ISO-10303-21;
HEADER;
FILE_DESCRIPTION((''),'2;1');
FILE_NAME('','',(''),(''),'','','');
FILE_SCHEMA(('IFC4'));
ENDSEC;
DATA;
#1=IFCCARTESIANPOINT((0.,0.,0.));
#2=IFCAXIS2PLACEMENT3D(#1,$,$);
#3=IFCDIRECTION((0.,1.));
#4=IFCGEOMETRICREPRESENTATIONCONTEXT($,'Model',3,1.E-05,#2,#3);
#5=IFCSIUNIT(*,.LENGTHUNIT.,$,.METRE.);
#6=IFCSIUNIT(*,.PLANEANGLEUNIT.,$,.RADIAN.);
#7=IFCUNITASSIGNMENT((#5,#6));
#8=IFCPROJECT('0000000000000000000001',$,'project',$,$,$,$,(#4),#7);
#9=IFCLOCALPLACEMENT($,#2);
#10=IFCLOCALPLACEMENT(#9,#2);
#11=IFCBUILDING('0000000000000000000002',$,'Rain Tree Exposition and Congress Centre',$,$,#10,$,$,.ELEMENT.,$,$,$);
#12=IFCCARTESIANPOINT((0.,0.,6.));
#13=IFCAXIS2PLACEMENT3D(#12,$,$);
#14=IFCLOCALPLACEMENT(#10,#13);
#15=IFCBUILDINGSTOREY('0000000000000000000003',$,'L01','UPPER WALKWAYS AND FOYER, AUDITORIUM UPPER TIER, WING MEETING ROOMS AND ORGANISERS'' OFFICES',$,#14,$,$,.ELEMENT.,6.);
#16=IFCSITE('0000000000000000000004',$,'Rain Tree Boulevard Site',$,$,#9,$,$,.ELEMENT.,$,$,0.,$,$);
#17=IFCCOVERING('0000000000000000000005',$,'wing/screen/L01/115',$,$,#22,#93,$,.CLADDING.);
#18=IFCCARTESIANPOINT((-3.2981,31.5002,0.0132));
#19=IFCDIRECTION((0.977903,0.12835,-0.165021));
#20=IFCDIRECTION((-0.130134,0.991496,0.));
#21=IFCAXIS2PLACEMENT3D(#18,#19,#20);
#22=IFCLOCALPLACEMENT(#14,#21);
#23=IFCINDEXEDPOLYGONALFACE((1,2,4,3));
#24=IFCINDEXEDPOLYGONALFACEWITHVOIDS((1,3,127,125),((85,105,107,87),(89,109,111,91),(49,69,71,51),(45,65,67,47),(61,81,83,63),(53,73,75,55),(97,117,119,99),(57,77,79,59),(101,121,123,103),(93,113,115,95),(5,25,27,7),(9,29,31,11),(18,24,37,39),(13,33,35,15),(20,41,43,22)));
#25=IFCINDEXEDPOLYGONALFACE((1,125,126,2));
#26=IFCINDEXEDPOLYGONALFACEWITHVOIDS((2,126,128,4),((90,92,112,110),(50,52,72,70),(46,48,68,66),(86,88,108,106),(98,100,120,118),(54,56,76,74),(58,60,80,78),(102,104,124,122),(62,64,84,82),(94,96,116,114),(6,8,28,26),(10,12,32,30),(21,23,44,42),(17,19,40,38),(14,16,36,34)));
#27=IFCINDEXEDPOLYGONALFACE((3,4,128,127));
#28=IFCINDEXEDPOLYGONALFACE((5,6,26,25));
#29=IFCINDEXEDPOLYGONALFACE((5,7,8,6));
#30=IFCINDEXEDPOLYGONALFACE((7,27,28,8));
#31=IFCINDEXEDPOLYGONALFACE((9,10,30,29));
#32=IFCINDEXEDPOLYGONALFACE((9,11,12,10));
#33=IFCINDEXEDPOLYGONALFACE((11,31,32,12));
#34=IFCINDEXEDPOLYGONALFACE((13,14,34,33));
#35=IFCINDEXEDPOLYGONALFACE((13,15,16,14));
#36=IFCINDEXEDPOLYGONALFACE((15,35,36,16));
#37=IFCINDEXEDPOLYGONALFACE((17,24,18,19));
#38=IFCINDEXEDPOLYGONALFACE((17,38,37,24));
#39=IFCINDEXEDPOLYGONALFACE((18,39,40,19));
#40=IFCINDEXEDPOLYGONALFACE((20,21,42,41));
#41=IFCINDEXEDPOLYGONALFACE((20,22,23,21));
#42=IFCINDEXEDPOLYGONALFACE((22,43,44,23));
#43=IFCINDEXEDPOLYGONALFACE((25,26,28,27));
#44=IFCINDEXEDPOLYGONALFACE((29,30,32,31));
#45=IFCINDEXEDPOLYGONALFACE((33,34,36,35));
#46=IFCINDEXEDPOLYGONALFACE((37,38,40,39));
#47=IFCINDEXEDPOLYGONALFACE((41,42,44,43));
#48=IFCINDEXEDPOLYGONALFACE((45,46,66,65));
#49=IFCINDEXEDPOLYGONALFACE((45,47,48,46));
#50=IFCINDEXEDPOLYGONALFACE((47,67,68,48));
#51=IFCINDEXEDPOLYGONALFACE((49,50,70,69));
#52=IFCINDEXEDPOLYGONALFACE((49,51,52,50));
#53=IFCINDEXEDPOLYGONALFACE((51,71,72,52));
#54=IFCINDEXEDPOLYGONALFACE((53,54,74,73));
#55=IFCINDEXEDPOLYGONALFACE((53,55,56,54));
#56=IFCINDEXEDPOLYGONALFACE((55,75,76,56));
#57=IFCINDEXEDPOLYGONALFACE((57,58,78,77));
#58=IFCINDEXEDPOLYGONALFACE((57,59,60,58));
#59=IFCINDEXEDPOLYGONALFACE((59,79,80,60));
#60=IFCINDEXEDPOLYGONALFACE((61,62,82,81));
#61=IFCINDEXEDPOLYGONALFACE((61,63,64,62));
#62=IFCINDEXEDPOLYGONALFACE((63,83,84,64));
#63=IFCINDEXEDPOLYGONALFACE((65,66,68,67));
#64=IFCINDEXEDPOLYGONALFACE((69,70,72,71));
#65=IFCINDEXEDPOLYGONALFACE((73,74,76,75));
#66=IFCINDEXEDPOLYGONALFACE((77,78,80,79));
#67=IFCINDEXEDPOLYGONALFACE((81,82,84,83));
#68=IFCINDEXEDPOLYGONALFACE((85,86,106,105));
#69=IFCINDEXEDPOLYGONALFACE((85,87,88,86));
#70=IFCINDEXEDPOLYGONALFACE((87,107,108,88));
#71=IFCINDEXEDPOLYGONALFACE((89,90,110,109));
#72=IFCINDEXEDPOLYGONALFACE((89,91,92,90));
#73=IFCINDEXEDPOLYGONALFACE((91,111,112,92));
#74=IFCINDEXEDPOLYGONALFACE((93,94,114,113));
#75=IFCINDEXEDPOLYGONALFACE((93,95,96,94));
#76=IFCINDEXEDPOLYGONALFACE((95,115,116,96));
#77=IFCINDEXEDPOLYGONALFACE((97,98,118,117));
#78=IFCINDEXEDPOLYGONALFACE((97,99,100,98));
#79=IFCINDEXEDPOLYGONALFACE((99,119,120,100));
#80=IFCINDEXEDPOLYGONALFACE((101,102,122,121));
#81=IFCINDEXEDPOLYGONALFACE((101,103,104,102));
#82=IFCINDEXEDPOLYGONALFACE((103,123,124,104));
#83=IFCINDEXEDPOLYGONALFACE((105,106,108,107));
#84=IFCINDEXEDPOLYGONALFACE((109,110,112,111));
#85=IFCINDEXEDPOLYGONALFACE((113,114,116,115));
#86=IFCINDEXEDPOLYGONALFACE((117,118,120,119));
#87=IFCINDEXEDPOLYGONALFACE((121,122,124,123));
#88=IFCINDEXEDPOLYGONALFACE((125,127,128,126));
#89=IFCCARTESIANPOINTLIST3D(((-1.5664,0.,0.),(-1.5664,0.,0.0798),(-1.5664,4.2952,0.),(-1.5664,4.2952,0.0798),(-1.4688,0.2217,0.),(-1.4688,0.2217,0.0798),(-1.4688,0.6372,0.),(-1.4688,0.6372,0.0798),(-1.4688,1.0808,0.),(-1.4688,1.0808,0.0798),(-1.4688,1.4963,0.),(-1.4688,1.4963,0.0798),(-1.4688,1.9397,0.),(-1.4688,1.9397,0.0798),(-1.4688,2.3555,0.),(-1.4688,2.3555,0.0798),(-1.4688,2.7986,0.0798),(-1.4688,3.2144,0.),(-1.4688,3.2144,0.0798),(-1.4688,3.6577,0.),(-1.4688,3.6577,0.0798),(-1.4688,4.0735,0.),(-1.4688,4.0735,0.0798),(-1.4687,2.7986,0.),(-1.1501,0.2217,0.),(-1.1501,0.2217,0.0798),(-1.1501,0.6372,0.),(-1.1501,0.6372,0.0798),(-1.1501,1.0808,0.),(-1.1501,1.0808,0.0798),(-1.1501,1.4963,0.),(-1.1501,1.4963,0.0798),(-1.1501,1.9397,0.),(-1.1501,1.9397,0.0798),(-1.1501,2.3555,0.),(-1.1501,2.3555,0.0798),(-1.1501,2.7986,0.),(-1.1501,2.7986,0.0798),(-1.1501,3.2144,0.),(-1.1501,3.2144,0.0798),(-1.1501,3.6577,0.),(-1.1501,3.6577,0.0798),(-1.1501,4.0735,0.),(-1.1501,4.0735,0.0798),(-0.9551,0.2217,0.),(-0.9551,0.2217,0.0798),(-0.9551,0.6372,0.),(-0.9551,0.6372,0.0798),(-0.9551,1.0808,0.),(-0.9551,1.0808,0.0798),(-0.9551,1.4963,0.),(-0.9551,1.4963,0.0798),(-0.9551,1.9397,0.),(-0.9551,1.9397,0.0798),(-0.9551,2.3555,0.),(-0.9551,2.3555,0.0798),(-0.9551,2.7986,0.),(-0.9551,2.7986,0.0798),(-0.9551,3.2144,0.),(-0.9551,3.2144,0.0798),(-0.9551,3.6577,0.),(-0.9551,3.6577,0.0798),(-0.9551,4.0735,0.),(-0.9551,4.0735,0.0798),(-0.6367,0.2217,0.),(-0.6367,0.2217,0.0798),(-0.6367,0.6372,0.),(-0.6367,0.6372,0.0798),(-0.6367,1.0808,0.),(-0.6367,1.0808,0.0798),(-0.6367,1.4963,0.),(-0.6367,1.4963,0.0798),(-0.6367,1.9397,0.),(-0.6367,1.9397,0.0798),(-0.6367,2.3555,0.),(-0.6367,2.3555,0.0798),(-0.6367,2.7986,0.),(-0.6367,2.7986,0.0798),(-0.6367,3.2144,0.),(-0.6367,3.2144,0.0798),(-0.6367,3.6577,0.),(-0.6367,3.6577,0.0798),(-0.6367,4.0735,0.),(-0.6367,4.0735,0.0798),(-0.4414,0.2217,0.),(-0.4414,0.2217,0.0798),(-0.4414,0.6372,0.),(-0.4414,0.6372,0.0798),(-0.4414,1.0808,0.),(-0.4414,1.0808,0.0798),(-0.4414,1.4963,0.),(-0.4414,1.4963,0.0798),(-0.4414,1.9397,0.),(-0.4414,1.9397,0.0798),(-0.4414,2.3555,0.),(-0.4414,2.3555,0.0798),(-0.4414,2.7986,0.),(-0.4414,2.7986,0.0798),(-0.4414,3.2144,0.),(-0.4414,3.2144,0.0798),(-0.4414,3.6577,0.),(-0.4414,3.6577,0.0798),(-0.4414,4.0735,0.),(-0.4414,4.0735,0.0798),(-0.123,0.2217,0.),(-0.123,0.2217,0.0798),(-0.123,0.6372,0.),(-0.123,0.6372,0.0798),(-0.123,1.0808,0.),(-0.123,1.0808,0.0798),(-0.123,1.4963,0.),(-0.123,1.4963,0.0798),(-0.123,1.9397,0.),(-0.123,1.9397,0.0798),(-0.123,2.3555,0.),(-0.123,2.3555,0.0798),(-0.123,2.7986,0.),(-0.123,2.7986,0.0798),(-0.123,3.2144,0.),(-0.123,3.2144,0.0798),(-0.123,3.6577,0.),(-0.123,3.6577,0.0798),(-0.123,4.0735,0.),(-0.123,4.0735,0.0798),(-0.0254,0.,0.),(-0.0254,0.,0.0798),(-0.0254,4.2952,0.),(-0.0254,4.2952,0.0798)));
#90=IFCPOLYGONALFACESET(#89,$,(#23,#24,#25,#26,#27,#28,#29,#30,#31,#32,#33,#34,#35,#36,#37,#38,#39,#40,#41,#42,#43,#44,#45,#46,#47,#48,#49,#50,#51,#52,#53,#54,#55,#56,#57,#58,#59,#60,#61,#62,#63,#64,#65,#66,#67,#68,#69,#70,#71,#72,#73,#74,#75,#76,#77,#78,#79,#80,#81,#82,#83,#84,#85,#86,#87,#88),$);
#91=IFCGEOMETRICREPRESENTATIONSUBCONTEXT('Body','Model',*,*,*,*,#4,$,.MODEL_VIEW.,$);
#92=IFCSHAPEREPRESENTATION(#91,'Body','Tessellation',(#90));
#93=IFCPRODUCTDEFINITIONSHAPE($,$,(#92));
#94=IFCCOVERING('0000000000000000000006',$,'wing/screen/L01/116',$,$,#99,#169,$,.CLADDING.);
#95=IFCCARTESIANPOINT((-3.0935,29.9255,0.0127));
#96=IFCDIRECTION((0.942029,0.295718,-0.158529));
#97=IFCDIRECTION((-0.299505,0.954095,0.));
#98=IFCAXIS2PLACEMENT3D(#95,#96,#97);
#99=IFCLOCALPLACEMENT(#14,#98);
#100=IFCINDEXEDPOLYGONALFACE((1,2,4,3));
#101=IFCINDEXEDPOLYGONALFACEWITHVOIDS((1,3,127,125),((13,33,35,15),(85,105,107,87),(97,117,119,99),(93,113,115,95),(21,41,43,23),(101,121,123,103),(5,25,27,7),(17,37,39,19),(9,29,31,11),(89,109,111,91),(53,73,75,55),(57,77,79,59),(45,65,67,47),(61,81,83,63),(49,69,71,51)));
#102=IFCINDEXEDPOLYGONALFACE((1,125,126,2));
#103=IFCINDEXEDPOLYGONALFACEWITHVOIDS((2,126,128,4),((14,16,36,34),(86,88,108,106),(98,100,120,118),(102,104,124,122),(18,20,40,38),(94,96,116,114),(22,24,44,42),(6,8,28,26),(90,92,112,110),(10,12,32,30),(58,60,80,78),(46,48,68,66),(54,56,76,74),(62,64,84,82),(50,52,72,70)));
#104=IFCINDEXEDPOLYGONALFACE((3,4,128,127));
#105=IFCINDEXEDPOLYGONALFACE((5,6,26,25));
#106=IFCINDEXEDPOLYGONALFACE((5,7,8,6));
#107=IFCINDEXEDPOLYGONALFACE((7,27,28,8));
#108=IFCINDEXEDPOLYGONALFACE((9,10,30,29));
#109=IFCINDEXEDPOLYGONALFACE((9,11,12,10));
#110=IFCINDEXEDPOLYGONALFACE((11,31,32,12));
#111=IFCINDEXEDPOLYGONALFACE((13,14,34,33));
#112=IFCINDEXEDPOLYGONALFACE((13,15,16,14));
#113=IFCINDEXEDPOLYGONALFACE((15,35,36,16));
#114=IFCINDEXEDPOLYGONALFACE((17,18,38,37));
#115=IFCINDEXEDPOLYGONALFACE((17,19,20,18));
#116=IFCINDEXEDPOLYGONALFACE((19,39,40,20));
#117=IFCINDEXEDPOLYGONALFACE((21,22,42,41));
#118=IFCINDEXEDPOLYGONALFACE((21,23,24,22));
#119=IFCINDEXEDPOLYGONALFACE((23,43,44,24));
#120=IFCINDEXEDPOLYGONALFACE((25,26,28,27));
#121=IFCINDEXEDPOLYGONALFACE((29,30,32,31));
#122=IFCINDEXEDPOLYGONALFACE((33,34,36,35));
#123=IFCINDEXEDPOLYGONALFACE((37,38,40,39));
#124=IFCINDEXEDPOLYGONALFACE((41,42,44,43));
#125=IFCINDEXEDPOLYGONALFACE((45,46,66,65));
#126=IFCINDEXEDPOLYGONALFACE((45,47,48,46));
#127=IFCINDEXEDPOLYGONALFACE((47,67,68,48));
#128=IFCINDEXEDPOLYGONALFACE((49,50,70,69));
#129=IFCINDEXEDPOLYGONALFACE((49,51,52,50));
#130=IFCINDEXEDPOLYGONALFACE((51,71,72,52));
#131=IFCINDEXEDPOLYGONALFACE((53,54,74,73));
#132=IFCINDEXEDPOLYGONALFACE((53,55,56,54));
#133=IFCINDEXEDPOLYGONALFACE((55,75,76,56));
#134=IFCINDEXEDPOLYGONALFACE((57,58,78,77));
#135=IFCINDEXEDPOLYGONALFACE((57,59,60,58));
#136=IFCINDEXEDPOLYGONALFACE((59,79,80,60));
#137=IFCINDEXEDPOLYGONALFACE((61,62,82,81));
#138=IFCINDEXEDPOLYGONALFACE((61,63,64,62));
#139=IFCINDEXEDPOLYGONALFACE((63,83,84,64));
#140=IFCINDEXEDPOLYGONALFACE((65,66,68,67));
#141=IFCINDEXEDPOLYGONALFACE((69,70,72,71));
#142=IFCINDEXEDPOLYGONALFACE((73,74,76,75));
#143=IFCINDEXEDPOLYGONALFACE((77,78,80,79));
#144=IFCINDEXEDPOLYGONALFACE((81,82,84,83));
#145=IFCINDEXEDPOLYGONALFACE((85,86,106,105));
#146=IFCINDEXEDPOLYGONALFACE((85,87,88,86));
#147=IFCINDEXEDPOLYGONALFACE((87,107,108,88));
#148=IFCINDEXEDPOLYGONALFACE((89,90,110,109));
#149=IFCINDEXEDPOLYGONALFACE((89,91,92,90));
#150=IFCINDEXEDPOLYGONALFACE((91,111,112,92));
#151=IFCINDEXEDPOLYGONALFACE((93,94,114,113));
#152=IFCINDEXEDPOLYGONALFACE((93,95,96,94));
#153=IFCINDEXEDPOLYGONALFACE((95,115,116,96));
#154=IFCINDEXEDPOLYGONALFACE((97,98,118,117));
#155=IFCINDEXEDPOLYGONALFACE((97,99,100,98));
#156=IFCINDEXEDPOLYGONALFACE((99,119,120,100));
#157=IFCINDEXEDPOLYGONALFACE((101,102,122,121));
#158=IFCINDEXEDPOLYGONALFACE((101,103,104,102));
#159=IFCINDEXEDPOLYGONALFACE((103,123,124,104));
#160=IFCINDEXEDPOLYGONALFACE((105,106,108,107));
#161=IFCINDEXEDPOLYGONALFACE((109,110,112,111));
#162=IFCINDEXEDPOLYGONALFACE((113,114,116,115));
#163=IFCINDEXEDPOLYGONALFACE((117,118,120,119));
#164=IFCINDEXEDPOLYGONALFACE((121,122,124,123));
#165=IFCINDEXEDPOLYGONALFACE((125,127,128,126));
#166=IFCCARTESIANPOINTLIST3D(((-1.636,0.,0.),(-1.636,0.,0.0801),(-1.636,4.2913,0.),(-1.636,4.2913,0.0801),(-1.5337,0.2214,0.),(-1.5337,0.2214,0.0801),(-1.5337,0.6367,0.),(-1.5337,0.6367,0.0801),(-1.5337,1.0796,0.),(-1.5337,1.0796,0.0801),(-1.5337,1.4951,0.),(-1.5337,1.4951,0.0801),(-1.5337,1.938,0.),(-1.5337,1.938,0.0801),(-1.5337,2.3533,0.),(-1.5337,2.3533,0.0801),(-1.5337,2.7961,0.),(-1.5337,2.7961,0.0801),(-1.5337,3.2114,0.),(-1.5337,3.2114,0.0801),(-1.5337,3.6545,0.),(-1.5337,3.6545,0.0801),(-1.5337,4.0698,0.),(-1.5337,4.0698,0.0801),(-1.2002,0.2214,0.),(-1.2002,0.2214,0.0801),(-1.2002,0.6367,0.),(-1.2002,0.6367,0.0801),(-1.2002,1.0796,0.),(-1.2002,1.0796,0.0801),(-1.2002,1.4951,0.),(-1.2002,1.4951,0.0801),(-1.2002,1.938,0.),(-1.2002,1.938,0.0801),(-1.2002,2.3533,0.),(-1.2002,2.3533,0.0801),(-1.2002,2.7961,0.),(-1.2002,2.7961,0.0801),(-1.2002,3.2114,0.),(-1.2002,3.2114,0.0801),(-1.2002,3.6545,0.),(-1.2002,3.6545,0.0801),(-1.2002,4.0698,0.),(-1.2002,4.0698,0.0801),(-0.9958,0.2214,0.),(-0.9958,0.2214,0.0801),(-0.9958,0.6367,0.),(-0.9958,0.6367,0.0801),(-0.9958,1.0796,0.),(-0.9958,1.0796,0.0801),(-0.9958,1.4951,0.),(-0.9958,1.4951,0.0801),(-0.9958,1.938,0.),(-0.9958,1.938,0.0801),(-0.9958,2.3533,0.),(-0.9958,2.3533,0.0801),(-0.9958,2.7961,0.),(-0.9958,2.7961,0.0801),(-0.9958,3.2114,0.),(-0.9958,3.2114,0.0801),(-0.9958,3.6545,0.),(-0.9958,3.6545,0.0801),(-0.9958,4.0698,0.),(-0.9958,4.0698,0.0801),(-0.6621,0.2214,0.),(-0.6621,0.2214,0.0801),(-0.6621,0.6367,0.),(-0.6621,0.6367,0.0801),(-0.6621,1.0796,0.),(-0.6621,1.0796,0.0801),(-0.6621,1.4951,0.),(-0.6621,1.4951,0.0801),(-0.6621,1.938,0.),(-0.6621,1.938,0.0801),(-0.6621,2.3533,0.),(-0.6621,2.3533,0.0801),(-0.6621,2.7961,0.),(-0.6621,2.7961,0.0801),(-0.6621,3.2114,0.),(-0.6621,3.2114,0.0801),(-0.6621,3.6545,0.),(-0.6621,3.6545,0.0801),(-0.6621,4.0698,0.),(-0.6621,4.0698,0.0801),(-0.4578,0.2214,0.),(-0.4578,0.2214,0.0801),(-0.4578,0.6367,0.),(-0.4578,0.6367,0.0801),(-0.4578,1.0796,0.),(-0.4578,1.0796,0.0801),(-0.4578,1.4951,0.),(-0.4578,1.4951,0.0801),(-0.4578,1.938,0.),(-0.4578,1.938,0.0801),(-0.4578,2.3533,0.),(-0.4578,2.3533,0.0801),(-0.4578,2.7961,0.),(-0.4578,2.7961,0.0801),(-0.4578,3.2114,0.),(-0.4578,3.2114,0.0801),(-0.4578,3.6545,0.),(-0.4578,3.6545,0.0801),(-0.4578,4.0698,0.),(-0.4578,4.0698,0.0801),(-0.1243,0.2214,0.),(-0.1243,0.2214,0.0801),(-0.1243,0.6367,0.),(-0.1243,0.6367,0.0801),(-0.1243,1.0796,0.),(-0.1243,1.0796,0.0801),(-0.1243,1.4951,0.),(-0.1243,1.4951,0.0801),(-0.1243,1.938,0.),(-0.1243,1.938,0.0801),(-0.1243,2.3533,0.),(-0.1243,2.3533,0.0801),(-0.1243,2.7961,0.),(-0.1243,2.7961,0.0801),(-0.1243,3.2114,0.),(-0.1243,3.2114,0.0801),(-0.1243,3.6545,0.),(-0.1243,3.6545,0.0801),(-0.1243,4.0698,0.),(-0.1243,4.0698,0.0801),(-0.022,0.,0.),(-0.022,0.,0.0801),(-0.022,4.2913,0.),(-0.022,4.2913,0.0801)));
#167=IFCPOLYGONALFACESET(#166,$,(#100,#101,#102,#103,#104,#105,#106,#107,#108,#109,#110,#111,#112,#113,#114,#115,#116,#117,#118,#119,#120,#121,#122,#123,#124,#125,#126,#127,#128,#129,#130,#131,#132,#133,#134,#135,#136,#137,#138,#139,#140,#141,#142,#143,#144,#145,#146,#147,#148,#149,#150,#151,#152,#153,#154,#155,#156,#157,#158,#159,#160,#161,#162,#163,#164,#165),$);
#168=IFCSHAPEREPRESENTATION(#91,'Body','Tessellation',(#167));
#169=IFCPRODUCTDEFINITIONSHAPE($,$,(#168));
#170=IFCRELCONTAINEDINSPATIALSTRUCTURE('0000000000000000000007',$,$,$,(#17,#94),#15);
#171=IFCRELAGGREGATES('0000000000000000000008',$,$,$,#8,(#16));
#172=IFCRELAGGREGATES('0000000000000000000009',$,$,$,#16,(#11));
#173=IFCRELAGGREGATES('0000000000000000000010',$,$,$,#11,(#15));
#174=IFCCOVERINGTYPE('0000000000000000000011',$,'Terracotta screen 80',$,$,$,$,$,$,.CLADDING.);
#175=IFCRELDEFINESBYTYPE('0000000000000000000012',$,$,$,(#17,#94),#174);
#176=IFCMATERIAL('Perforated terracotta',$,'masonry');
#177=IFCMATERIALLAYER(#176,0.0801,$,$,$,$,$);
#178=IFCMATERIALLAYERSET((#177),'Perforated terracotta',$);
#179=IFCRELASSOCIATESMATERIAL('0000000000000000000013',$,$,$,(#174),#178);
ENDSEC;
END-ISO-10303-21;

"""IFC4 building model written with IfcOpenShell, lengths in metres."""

from ifc_helpers import new_model, si_unit, direction, frame, origin, place, context, subcontext, project, spatial, polyline, outline, extrude, material, layer, layer_set, type_object, element, save


model = new_model("IFC4")

# Units and contexts
model_context = context("Model", 3, precision=1e-05, world=origin(), true_north=direction((0.0, 1.0)))
body_context = subcontext(model_context, "Body", "Model", "MODEL_VIEW")
ifc_project = project(units=[si_unit("LENGTHUNIT", "METRE"), si_unit("PLANEANGLEUNIT", "RADIAN")], contexts=[model_context])

# Site, building, storey
site_placement = place(None, origin())
site = spatial("IfcSite", under=ifc_project, at=site_placement, Name="Rain Tree Boulevard Site", CompositionType="ELEMENT", RefElevation=0.0)
building_placement = place(site_placement, origin())
building = spatial("IfcBuilding", under=site, at=building_placement, Name="Rain Tree Exposition and Congress Centre", CompositionType="ELEMENT")
storey_placement = place(building_placement, frame((0.0, 0.0, 6.0)))
storey = spatial("IfcBuildingStorey", under=building, at=storey_placement, Name="L01", Description="UPPER WALKWAYS AND FOYER, AUDITORIUM UPPER TIER, WING MEETING ROOMS AND ORGANISERS' OFFICES", CompositionType="ELEMENT", Elevation=6.0)

# Coverings
ifc_material_1 = material(Name="Perforated terracotta", Category="masonry")
ifc_layer_1 = layer(ifc_material_1, 0.0801)
ifc_layer_set_1 = layer_set([ifc_layer_1], Name="Perforated terracotta")
covering_type = type_object("IfcCoveringType", Name="Terracotta screen 80", PredefinedType="CLADDING", material=ifc_layer_set_1)
covering_1_placement = place(storey_placement, frame((-3.2981, 31.5002, 0.0132), z_axis=(0.977903, 0.12835, -0.165021), x_axis=(-0.130134, 0.991496, 0.0)))
element("IfcCovering", 1, at=covering_1_placement, inside=storey, type_object=covering_type, Name="wing/screen/L01/115", PredefinedType="CLADDING", context=body_context, shape_type="SweptSolid", body=[
    extrude(outline(polyline([(-1.5664, 0.0), (-1.5664, 4.2952), (-0.0254, 4.2952), (-0.0254, 0.0), (-1.5664, 0.0)]), holes=[polyline([(-0.123, 0.2217), (-0.123, 0.6372), (-0.4414, 0.6372), (-0.4414, 0.2217), (-0.123, 0.2217)]), polyline([(-0.123, 1.0808), (-0.123, 1.4963), (-0.4414, 1.4963), (-0.4414, 1.0808), (-0.123, 1.0808)]), polyline([(-0.123, 1.9397), (-0.123, 2.3555), (-0.4414, 2.3555), (-0.4414, 1.9397), (-0.123, 1.9397)]), polyline([(-0.123, 2.7986), (-0.123, 3.2144), (-0.4414, 3.2144), (-0.4414, 2.7986), (-0.123, 2.7986)]), polyline([(-0.123, 3.6577), (-0.123, 4.0735), (-0.4414, 4.0735), (-0.4414, 3.6577), (-0.123, 3.6577)]), polyline([(-0.6367, 0.2217), (-0.6367, 0.6372), (-0.9551, 0.6372), (-0.9551, 0.2217), (-0.6367, 0.2217)]), polyline([(-0.6367, 1.0808), (-0.6367, 1.4963), (-0.9551, 1.4963), (-0.9551, 1.0808), (-0.6367, 1.0808)]), polyline([(-0.6367, 1.9397), (-0.6367, 2.3555), (-0.9551, 2.3555), (-0.9551, 1.9397), (-0.6367, 1.9397)]), polyline([(-0.6367, 2.7986), (-0.6367, 3.2144), (-0.9551, 3.2144), (-0.9551, 2.7986), (-0.6367, 2.7986)]), polyline([(-0.6367, 3.6577), (-0.6367, 4.0735), (-0.9551, 4.0735), (-0.9551, 3.6577), (-0.6367, 3.6577)]), polyline([(-1.1501, 0.2217), (-1.1501, 0.6372), (-1.4688, 0.6372), (-1.4688, 0.2217), (-1.1501, 0.2217)]), polyline([(-1.1501, 1.0808), (-1.1501, 1.4963), (-1.4688, 1.4963), (-1.4688, 1.0808), (-1.1501, 1.0808)]), polyline([(-1.1501, 1.9397), (-1.1501, 2.3555), (-1.4688, 2.3555), (-1.4688, 1.9397), (-1.1501, 1.9397)]), polyline([(-1.1501, 2.7986), (-1.1501, 3.2144), (-1.4688, 3.2144), (-1.4688, 2.7986), (-1.1501, 2.7986)]), polyline([(-1.1501, 3.6577), (-1.1501, 4.0735), (-1.4688, 4.0735), (-1.4688, 3.6577), (-1.1501, 3.6577)])]), origin(), (0.0, 0.0, 1.0), 0.0798),
])
covering_2_placement = place(storey_placement, frame((-3.0935, 29.9255, 0.0127), z_axis=(0.942029, 0.295718, -0.158529), x_axis=(-0.299505, 0.954095, 0.0)))
element("IfcCovering", 2, at=covering_2_placement, inside=storey, type_object=covering_type, Name="wing/screen/L01/116", PredefinedType="CLADDING", context=body_context, shape_type="SweptSolid", body=[
    extrude(outline(polyline([(-1.636, 0.0), (-1.636, 4.2913), (-0.022, 4.2913), (-0.022, 0.0), (-1.636, 0.0)]), holes=[polyline([(-0.1243, 0.2214), (-0.1243, 0.6367), (-0.4578, 0.6367), (-0.4578, 0.2214), (-0.1243, 0.2214)]), polyline([(-0.1243, 1.0796), (-0.1243, 1.4951), (-0.4578, 1.4951), (-0.4578, 1.0796), (-0.1243, 1.0796)]), polyline([(-0.1243, 1.938), (-0.1243, 2.3533), (-0.4578, 2.3533), (-0.4578, 1.938), (-0.1243, 1.938)]), polyline([(-0.1243, 2.7961), (-0.1243, 3.2114), (-0.4578, 3.2114), (-0.4578, 2.7961), (-0.1243, 2.7961)]), polyline([(-0.1243, 3.6545), (-0.1243, 4.0698), (-0.4578, 4.0698), (-0.4578, 3.6545), (-0.1243, 3.6545)]), polyline([(-0.6621, 0.2214), (-0.6621, 0.6367), (-0.9958, 0.6367), (-0.9958, 0.2214), (-0.6621, 0.2214)]), polyline([(-0.6621, 1.0796), (-0.6621, 1.4951), (-0.9958, 1.4951), (-0.9958, 1.0796), (-0.6621, 1.0796)]), polyline([(-0.6621, 1.938), (-0.6621, 2.3533), (-0.9958, 2.3533), (-0.9958, 1.938), (-0.6621, 1.938)]), polyline([(-0.6621, 2.7961), (-0.6621, 3.2114), (-0.9958, 3.2114), (-0.9958, 2.7961), (-0.6621, 2.7961)]), polyline([(-0.6621, 3.6545), (-0.6621, 4.0698), (-0.9958, 4.0698), (-0.9958, 3.6545), (-0.6621, 3.6545)]), polyline([(-1.2002, 0.2214), (-1.2002, 0.6367), (-1.5337, 0.6367), (-1.5337, 0.2214), (-1.2002, 0.2214)]), polyline([(-1.2002, 1.0796), (-1.2002, 1.4951), (-1.5337, 1.4951), (-1.5337, 1.0796), (-1.2002, 1.0796)]), polyline([(-1.2002, 1.938), (-1.2002, 2.3533), (-1.5337, 2.3533), (-1.5337, 1.938), (-1.2002, 1.938)]), polyline([(-1.2002, 2.7961), (-1.2002, 3.2114), (-1.5337, 3.2114), (-1.5337, 2.7961), (-1.2002, 2.7961)]), polyline([(-1.2002, 3.6545), (-1.2002, 4.0698), (-1.5337, 4.0698), (-1.5337, 3.6545), (-1.2002, 3.6545)])]), origin(), (0.0, 0.0, 1.0), 0.0801),
])

save(model, "model.ifc")
